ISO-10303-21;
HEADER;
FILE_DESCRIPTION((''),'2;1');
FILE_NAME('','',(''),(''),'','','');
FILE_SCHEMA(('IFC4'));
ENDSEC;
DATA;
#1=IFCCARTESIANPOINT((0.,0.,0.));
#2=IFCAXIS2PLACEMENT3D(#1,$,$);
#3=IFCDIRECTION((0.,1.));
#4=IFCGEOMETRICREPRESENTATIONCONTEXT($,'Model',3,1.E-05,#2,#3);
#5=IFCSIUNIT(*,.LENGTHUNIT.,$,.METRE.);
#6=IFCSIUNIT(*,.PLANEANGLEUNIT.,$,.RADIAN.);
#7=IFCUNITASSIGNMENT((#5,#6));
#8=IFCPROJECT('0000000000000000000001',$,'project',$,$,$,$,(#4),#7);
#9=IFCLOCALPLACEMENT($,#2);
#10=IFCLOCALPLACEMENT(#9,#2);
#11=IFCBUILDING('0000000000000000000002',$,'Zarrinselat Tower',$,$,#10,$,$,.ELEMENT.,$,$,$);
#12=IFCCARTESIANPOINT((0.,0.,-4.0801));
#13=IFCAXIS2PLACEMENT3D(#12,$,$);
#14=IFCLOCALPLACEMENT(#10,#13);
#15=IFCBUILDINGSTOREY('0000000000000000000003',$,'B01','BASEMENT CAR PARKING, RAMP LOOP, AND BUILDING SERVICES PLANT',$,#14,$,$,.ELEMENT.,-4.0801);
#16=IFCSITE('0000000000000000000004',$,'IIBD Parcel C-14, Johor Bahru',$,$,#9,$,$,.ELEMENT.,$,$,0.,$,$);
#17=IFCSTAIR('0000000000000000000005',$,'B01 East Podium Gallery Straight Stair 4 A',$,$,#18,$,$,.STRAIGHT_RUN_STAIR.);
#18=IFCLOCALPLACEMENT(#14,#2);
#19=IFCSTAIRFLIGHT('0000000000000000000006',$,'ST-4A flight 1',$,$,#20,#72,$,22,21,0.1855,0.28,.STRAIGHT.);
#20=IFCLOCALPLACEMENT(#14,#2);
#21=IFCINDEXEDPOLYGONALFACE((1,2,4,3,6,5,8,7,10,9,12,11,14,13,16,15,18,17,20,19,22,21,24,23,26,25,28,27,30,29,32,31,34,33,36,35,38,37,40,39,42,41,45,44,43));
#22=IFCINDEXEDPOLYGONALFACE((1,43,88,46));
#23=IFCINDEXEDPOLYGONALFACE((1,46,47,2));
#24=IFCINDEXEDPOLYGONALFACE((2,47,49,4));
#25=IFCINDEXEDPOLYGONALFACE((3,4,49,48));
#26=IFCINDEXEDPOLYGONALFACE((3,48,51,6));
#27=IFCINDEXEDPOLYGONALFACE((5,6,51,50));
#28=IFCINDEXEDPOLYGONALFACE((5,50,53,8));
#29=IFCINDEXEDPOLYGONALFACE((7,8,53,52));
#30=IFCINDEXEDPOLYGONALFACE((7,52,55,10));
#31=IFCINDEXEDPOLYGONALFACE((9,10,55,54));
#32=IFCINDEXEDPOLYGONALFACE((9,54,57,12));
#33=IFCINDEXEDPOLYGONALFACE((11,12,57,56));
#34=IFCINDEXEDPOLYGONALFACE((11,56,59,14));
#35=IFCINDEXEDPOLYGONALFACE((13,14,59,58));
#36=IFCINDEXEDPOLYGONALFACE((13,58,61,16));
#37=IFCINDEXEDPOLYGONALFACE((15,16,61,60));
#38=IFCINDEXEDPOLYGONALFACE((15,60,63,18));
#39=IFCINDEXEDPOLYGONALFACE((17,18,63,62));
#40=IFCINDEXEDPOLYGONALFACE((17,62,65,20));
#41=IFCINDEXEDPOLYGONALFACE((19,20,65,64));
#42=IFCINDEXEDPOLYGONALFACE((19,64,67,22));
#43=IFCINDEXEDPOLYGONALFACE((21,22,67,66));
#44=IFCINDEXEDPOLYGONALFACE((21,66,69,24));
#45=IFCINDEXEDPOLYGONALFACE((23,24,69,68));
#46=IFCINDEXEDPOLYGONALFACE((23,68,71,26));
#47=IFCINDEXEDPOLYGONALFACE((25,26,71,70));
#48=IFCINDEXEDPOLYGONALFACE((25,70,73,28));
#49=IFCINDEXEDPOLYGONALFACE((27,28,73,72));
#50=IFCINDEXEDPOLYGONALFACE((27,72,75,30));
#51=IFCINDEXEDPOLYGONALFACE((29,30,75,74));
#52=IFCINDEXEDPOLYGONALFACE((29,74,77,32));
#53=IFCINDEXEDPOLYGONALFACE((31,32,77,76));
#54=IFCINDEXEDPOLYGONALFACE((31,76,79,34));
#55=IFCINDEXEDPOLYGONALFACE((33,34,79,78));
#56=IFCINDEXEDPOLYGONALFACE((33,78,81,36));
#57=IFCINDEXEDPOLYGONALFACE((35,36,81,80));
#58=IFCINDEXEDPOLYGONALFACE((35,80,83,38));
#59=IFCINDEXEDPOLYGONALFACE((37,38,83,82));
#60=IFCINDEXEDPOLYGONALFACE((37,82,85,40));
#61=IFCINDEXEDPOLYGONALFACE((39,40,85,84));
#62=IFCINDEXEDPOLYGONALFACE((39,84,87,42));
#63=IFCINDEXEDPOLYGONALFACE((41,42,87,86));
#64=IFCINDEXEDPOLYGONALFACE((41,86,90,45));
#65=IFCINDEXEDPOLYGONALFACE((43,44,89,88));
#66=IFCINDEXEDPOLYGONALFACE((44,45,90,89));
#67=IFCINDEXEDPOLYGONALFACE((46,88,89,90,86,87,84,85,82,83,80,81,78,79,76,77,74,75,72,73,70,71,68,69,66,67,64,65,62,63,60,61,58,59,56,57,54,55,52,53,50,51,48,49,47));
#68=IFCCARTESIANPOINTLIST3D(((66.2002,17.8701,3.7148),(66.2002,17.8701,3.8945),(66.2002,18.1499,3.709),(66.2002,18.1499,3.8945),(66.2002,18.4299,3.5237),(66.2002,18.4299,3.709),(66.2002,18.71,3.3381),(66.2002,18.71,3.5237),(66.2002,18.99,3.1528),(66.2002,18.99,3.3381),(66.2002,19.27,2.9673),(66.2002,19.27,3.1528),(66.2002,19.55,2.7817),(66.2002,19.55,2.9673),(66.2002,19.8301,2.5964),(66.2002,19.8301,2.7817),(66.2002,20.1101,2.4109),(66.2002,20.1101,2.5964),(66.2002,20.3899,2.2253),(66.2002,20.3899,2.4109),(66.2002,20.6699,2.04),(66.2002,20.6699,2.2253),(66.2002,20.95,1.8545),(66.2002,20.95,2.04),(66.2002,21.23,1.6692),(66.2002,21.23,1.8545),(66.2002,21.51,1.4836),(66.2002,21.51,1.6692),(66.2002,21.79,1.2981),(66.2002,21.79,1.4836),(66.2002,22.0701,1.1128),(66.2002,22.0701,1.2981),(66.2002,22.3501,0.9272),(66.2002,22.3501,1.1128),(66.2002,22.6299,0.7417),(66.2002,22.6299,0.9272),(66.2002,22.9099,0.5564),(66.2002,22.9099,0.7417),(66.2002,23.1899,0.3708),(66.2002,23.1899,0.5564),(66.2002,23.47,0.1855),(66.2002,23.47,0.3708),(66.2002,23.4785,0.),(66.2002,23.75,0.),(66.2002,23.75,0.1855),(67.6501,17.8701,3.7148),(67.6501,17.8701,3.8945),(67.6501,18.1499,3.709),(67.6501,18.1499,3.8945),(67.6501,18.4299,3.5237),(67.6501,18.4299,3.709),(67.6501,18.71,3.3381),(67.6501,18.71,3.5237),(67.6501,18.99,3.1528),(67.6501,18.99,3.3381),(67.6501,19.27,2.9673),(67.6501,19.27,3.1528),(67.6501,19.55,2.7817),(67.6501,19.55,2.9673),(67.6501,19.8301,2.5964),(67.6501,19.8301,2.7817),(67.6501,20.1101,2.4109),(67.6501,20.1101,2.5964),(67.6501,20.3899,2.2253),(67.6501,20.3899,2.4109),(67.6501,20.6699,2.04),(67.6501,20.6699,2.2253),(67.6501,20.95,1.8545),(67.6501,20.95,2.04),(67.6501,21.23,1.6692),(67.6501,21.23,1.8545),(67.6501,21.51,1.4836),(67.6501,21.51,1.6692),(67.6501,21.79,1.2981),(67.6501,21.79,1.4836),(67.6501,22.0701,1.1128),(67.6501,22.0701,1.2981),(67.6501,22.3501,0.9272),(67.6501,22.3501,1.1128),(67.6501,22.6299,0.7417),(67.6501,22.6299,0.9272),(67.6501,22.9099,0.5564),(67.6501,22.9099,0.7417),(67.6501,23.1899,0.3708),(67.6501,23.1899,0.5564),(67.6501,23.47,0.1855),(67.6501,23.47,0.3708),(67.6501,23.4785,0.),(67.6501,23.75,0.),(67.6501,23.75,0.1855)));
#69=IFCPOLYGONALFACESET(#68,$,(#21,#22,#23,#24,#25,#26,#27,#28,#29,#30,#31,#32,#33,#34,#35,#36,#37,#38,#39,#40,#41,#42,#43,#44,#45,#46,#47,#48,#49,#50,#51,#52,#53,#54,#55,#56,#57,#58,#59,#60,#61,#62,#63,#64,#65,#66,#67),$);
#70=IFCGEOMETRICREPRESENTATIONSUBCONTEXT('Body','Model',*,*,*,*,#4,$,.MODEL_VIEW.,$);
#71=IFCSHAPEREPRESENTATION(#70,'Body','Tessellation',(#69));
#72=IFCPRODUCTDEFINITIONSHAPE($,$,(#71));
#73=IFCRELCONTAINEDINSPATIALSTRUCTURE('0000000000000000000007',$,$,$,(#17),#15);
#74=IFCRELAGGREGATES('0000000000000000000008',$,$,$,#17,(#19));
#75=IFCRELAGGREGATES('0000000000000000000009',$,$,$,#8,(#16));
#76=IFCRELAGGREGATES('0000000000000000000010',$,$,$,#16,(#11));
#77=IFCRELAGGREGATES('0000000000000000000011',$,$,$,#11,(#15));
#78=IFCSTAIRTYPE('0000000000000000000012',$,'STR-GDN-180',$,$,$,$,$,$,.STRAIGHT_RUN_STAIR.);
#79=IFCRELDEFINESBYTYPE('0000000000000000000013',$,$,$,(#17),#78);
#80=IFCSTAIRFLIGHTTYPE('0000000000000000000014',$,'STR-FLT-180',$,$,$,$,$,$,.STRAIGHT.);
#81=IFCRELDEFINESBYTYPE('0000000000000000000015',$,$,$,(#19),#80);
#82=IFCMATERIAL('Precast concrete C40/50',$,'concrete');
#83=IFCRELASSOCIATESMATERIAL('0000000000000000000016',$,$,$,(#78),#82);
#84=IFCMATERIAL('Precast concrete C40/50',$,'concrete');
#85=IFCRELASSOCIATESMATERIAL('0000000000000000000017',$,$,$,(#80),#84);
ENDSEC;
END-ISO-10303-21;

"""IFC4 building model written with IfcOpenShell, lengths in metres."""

from ifc_helpers import new_model, si_unit, direction, frame, origin, place, context, subcontext, project, spatial, polyline, outline, extrude, material, type_object, element, aggregate, save


model = new_model("IFC4")

# Units and contexts
model_context = context("Model", 3, precision=1e-05, world=origin(), true_north=direction((0.0, 1.0)))
body_context = subcontext(model_context, "Body", "Model", "MODEL_VIEW")
ifc_project = project(units=[si_unit("LENGTHUNIT", "METRE"), si_unit("PLANEANGLEUNIT", "RADIAN")], contexts=[model_context])

# Site, building, storey
site_placement = place(None, origin())
site = spatial("IfcSite", under=ifc_project, at=site_placement, Name="IIBD Parcel C-14, Johor Bahru", CompositionType="ELEMENT", RefElevation=0.0)
building_placement = place(site_placement, origin())
building = spatial("IfcBuilding", under=site, at=building_placement, Name="Zarrinselat Tower", CompositionType="ELEMENT")
storey_placement = place(building_placement, frame((0.0, 0.0, -4.0801)))
storey = spatial("IfcBuildingStorey", under=building, at=storey_placement, Name="B01", Description="BASEMENT CAR PARKING, RAMP LOOP, AND BUILDING SERVICES PLANT", CompositionType="ELEMENT", Elevation=-4.0801)

# Stair, stair flight
ifc_material_1 = material(Name="Precast concrete C40/50", Category="concrete")
stair_type = type_object("IfcStairType", Name="STR-GDN-180", PredefinedType="STRAIGHT_RUN_STAIR", material=ifc_material_1)
stair_placement = place(storey_placement, origin())
stair = element("IfcStair", 1, at=stair_placement, inside=storey, type_object=stair_type, Name="B01 East Podium Gallery Straight Stair 4 A", PredefinedType="STRAIGHT_RUN_STAIR")
ifc_material_2 = material(Name="Precast concrete C40/50", Category="concrete")
stair_flight_type = type_object("IfcStairFlightType", Name="STR-FLT-180", PredefinedType="STRAIGHT", material=ifc_material_2)
stair_flight_placement = place(storey_placement, frame((66.925, 23.75, 0.0), z_axis=(0.0, 0.0, 1.0), x_axis=(0.0, -1.0, 0.0)))
stair_flight = element("IfcStairFlight", 2, at=stair_flight_placement, type_object=stair_flight_type, Name="ST-4A flight 1", NumberOfRisers=22, NumberOfTreads=21, PredefinedType="STRAIGHT", RiserHeight=0.1855, TreadLength=0.28, context=body_context, shape_type="SweptSolid", body=[
    extrude(outline(polyline([(0.0, 0.0), (0.0, 0.1855), (0.28, 0.1855), (0.28, 0.3708), (0.5601, 0.3708), (0.5601, 0.5564), (0.8401, 0.5564), (0.8401, 0.7417), (1.1201, 0.7417), (1.1201, 0.9272), (1.3999, 0.9272), (1.3999, 1.1128), (1.6799, 1.1128), (1.6799, 1.2981), (1.96, 1.2981), (1.96, 1.4836), (2.24, 1.4836), (2.24, 1.6692), (2.52, 1.6692), (2.52, 1.8545), (2.8, 1.8545), (2.8, 2.04), (3.0801, 2.04), (3.0801, 2.2253), (3.3601, 2.2253), (3.3601, 2.4109), (3.6399, 2.4109), (3.6399, 2.5964), (3.9199, 2.5964), (3.9199, 2.7817), (4.2, 2.7817), (4.2, 2.9673), (4.48, 2.9673), (4.48, 3.1528), (4.76, 3.1528), (4.76, 3.3381), (5.04, 3.3381), (5.04, 3.5237), (5.3201, 3.5237), (5.3201, 3.709), (5.6001, 3.709), (5.6001, 3.8945), (5.8799, 3.8945), (5.8799, 4.0801), (5.8799, 3.7148), (0.2715, 0.0), (0.0, 0.0)])), frame((0.0, 0.7251, 0.0), z_axis=(0.0, -1.0, 0.0), x_axis=(1.0, 0.0, 0.0)), (0.0, 0.0, 1.0), 1.45),
])
aggregate(stair, [stair_flight])

save(model, "model.ifc")
